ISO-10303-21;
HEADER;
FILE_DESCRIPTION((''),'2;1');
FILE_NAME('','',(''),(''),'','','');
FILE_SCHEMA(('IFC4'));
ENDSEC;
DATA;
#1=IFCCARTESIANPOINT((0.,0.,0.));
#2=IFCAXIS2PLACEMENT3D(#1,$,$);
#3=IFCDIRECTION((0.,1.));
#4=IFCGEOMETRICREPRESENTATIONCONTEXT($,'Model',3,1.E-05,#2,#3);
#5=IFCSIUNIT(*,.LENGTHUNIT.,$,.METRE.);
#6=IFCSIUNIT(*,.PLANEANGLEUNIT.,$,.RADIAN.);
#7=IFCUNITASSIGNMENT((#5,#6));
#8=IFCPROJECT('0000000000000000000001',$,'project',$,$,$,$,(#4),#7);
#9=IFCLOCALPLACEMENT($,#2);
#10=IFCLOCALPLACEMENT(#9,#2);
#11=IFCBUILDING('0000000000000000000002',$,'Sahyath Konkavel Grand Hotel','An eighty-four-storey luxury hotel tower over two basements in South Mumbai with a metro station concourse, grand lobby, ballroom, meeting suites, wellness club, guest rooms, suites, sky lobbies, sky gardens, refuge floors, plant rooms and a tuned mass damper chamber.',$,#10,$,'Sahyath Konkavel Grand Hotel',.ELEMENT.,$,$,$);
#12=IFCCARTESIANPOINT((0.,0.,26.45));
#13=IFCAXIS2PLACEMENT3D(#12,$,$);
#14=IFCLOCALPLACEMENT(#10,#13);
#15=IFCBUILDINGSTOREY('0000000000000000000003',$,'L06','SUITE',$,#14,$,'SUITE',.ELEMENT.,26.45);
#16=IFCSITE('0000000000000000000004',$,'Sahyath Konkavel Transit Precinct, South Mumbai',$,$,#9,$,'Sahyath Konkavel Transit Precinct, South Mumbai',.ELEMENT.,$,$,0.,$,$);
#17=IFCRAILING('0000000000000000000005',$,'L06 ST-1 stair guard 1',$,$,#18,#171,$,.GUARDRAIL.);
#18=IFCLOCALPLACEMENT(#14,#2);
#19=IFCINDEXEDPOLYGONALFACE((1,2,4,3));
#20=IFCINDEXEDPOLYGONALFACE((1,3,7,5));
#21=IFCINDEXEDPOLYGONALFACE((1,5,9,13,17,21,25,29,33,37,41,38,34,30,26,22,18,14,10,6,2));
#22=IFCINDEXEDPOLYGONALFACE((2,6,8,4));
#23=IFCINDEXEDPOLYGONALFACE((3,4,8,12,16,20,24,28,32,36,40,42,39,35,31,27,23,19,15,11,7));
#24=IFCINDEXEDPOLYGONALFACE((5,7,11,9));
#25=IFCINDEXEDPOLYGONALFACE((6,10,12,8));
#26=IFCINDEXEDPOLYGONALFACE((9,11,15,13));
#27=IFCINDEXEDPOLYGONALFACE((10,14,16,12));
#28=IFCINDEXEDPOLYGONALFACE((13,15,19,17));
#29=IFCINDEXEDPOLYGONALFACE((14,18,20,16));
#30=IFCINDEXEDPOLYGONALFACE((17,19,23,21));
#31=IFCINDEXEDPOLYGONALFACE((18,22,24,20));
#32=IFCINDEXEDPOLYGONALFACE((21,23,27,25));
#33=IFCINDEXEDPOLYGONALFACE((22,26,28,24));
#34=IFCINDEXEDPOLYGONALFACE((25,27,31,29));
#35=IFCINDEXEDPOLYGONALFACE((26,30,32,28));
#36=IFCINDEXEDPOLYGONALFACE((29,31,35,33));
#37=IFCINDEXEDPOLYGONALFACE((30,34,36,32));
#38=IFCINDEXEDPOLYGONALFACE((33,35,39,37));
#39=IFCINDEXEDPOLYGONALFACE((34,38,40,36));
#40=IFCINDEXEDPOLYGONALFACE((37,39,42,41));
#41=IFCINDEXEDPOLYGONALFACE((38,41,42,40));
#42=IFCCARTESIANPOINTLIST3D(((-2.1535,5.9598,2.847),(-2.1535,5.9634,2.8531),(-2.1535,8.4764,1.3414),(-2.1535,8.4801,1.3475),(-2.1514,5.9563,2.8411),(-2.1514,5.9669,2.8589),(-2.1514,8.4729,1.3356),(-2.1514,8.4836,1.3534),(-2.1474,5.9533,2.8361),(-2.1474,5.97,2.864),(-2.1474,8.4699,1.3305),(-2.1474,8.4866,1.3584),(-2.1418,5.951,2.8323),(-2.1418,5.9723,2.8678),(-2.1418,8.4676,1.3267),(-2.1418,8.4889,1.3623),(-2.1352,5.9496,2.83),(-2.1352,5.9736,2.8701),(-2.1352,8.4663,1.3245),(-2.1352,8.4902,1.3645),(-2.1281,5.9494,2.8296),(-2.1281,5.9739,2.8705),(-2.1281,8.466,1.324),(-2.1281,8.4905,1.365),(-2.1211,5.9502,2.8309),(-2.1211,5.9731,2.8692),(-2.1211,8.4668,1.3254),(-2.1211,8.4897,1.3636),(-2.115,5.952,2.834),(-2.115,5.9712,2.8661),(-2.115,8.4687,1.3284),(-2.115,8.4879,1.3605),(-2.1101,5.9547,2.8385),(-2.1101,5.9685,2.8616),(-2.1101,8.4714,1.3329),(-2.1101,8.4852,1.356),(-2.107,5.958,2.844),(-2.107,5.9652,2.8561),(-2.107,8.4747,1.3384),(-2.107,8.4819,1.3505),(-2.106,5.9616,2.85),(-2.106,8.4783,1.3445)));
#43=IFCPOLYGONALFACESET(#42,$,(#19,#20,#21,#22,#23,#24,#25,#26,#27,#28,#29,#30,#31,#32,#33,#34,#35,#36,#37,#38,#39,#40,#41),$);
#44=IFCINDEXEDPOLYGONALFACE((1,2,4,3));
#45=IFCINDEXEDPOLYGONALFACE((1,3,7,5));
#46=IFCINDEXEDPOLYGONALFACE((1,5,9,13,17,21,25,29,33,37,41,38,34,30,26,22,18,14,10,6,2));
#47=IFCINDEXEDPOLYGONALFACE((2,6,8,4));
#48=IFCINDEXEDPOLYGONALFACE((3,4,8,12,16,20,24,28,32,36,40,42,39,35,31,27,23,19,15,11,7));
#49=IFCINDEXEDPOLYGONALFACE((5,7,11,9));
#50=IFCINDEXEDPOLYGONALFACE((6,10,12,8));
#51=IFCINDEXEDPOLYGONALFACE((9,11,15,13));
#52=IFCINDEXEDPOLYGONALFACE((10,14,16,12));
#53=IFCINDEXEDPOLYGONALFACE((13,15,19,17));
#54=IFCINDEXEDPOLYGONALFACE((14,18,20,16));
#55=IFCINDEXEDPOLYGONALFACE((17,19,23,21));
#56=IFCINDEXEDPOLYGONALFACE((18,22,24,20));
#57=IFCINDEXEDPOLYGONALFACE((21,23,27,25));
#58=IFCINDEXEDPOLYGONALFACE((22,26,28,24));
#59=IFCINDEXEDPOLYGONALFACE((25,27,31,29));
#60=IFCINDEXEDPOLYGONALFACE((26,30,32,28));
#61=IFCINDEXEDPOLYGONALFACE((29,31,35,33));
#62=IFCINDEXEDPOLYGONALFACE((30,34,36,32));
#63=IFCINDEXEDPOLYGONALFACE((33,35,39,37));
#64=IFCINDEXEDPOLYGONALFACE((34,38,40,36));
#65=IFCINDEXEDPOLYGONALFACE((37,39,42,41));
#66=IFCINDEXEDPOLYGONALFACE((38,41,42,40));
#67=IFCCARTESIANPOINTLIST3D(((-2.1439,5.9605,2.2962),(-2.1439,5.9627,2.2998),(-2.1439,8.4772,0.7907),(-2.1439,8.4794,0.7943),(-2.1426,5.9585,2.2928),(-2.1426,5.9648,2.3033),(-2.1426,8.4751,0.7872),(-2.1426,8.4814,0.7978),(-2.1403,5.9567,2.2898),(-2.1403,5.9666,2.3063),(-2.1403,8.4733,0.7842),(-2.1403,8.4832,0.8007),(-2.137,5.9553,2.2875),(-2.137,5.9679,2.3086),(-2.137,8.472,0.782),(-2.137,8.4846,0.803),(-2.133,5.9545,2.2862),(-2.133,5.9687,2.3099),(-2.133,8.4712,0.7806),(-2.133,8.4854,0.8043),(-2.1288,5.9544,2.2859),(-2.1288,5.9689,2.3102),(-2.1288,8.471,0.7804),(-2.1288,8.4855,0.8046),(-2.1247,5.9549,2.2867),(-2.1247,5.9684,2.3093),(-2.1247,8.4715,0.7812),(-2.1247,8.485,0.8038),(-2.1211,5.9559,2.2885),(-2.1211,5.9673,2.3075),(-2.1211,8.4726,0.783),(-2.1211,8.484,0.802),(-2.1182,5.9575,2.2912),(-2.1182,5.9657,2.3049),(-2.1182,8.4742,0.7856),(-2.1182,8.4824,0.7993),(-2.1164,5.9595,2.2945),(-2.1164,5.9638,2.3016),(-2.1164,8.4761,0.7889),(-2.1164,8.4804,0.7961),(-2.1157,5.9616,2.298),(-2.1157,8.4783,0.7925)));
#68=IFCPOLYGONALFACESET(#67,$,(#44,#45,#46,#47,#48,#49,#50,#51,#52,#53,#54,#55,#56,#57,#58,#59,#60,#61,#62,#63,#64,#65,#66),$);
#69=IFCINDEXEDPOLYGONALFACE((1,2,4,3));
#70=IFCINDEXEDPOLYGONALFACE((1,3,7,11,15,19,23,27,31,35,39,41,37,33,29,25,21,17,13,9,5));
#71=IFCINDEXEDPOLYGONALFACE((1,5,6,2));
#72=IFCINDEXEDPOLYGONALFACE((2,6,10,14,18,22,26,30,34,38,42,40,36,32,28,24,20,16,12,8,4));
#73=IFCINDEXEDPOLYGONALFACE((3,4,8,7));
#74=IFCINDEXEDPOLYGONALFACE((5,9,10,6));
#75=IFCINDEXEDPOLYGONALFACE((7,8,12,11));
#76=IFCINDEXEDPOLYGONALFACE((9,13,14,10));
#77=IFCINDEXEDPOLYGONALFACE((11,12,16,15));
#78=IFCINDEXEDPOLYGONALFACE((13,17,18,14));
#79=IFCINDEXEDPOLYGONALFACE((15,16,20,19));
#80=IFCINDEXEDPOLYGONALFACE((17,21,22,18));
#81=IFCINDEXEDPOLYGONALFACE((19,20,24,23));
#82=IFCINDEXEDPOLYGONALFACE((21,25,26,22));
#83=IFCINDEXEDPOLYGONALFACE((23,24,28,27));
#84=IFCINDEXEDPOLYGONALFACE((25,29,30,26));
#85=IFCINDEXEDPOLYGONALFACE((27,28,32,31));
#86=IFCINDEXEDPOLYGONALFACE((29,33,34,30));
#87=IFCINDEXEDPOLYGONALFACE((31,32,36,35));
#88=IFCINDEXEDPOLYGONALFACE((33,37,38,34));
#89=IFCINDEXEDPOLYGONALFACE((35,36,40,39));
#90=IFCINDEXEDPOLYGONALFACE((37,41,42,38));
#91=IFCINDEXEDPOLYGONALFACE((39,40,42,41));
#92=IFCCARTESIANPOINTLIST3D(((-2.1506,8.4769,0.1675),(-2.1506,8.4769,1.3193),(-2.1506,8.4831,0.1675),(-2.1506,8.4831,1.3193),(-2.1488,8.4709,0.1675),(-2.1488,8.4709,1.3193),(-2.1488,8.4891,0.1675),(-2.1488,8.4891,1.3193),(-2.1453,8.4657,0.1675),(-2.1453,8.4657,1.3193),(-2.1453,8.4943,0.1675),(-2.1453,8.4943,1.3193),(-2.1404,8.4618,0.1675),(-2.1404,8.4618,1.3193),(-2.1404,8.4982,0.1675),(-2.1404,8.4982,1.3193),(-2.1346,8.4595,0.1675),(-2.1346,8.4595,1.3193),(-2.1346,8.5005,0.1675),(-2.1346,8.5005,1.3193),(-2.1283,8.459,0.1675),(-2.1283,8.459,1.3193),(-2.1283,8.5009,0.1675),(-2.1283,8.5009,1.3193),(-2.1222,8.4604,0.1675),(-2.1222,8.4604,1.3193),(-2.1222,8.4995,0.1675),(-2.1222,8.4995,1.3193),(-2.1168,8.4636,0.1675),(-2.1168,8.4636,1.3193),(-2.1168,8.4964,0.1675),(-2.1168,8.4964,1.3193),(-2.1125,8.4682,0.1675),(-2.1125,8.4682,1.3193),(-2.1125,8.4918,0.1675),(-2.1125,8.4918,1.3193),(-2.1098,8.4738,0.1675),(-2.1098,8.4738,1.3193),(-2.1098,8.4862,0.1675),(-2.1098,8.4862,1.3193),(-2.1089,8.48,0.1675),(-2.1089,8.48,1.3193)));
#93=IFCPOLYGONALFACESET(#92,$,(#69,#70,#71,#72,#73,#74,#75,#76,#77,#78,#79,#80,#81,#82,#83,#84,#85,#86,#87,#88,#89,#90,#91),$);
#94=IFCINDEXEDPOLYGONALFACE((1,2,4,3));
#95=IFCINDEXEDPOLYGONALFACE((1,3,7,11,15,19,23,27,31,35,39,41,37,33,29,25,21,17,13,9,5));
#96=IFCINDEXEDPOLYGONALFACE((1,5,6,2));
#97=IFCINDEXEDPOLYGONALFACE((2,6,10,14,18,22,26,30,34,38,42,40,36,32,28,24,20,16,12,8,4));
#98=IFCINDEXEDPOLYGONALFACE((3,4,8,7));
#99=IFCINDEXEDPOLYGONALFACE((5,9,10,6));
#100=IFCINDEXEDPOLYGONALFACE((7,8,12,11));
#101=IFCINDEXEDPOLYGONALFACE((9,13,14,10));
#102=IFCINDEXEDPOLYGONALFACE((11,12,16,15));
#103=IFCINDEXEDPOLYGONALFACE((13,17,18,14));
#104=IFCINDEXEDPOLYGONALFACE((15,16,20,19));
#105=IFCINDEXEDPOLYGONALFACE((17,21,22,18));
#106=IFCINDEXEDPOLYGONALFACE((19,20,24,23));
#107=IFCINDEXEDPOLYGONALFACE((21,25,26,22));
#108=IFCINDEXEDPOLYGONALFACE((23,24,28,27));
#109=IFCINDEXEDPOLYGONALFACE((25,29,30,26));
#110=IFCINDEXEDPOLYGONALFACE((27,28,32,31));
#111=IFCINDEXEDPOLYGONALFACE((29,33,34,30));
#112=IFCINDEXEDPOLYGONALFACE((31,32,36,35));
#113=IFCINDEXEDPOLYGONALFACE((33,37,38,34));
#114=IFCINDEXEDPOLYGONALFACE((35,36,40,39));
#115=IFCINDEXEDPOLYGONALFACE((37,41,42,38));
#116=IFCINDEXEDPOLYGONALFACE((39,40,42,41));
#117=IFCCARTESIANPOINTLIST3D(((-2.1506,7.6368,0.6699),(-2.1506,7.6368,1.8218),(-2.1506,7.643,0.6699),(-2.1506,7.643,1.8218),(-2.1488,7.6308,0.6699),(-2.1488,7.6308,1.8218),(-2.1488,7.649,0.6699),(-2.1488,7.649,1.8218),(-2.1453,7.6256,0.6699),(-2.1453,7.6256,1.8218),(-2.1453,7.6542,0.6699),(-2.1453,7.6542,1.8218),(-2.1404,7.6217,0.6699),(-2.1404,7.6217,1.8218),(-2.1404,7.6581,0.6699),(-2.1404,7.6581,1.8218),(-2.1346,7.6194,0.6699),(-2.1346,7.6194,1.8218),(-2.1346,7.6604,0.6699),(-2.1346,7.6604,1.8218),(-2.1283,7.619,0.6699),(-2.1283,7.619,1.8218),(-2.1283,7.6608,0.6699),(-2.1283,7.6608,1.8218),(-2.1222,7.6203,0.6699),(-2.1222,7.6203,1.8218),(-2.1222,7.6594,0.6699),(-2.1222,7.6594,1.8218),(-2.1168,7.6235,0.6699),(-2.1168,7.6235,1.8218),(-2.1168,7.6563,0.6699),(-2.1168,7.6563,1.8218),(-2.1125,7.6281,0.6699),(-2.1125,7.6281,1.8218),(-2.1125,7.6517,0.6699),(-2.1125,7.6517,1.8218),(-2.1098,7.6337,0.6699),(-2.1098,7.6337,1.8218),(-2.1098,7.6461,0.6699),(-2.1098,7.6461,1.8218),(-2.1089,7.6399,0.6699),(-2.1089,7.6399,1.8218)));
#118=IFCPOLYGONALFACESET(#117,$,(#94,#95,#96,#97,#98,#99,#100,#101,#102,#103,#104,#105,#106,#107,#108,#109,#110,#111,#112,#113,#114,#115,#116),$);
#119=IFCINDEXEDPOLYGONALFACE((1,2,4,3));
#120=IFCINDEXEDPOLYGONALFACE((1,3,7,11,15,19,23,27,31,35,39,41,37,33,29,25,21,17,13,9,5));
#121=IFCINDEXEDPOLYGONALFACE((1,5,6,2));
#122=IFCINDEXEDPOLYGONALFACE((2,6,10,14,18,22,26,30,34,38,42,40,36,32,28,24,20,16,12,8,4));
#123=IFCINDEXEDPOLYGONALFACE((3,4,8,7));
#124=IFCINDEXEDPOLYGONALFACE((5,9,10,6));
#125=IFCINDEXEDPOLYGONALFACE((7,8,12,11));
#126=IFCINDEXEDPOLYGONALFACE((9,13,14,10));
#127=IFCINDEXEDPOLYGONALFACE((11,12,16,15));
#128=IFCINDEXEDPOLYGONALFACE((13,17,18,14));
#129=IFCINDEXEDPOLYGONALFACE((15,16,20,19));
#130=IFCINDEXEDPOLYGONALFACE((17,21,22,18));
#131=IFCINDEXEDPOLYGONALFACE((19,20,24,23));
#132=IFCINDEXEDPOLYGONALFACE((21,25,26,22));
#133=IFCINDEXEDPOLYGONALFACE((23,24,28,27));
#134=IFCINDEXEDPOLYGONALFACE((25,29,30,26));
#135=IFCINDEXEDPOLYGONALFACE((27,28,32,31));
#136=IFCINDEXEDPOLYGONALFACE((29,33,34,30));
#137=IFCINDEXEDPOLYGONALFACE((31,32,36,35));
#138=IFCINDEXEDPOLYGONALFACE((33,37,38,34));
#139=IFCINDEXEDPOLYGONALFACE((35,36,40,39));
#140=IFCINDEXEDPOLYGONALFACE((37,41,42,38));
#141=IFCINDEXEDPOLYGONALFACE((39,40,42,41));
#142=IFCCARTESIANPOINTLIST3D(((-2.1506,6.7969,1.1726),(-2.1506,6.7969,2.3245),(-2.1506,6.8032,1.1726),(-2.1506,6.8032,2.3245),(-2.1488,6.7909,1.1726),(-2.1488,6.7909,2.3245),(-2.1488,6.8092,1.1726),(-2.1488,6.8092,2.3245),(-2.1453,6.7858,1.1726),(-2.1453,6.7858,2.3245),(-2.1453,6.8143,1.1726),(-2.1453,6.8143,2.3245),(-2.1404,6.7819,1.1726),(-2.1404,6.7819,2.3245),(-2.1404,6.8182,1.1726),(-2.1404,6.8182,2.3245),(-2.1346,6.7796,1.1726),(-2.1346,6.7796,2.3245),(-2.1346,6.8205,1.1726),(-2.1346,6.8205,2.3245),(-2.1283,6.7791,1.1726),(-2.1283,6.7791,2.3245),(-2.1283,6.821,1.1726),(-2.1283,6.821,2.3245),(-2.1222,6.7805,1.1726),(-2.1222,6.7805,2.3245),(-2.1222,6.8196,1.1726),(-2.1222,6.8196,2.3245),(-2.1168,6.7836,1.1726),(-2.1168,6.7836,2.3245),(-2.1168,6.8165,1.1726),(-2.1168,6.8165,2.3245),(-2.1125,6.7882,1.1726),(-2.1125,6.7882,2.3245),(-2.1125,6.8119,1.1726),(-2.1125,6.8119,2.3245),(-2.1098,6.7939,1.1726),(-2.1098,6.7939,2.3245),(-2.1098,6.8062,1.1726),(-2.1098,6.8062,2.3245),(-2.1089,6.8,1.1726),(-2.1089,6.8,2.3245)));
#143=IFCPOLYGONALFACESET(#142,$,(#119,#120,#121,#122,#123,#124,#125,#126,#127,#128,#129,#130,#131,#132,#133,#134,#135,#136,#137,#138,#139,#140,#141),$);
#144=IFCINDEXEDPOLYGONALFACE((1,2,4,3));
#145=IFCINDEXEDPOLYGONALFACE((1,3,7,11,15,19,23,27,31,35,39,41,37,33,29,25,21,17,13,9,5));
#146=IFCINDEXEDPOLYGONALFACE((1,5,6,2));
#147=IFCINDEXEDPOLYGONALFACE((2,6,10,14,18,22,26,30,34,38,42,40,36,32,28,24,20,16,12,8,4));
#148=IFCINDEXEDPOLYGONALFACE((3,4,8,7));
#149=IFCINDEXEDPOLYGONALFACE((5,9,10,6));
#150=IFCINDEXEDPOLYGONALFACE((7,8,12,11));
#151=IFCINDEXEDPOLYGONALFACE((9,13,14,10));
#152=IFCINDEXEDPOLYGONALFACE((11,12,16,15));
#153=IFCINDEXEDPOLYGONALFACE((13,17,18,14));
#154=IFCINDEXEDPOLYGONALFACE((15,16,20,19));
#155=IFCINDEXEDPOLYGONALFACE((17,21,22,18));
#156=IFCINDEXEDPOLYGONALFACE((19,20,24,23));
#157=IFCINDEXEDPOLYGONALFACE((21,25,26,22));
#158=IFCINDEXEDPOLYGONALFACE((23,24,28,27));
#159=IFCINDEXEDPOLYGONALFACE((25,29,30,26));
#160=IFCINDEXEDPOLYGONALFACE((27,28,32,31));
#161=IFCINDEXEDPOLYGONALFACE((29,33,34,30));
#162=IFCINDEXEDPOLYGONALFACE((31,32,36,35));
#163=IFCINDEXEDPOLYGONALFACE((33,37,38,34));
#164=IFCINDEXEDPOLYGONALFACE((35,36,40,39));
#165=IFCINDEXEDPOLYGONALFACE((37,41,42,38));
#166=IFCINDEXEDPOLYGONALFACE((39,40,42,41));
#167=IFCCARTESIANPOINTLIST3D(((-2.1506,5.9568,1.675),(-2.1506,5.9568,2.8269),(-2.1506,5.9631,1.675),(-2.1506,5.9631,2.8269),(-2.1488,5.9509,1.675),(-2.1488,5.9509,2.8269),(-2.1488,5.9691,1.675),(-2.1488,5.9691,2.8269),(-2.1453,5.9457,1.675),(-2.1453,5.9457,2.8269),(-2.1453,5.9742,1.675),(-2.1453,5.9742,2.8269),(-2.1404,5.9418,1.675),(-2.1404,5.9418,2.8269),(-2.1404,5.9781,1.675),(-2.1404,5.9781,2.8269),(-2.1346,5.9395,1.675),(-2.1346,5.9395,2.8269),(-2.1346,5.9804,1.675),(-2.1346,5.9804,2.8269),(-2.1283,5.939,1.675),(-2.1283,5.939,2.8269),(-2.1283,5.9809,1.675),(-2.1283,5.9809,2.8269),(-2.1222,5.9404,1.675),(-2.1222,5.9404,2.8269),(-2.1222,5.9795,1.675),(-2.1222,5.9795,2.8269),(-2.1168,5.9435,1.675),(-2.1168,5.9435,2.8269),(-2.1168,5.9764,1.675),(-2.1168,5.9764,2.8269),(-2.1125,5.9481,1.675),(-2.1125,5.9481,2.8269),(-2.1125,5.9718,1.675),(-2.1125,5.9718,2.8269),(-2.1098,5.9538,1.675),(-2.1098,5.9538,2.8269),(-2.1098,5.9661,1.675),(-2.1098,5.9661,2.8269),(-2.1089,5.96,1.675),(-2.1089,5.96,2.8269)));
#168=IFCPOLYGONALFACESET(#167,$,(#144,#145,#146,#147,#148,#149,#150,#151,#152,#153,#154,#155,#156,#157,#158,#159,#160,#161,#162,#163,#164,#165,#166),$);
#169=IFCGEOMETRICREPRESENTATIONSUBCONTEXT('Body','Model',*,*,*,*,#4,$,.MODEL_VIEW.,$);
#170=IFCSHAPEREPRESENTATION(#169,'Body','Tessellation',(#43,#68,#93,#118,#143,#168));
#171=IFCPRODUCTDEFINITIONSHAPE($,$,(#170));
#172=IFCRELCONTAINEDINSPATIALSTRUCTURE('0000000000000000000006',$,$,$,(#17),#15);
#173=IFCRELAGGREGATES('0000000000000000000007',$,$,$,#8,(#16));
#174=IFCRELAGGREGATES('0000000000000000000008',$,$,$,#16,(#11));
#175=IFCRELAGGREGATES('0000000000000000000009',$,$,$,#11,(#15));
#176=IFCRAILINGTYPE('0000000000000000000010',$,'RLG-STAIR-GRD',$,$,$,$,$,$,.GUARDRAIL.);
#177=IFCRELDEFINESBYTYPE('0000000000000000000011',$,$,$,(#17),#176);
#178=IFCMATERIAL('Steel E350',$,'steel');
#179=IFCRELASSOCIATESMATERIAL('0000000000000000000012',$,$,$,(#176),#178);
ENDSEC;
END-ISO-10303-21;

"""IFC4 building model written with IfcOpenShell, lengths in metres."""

from ifc_helpers import new_model, si_unit, direction, frame, origin, origin_2d, place, context, subcontext, project, spatial, circle, extrude, material, type_object, element, save


model = new_model("IFC4")

# Units and contexts
model_context = context("Model", 3, precision=1e-05, world=origin(), true_north=direction((0.0, 1.0)))
body_context = subcontext(model_context, "Body", "Model", "MODEL_VIEW")
ifc_project = project(units=[si_unit("LENGTHUNIT", "METRE"), si_unit("PLANEANGLEUNIT", "RADIAN")], contexts=[model_context])

# Site, building, storey
site_placement = place(None, origin())
site = spatial("IfcSite", under=ifc_project, at=site_placement, Name="Sahyath Konkavel Transit Precinct, South Mumbai", LongName="Sahyath Konkavel Transit Precinct, South Mumbai", CompositionType="ELEMENT", RefElevation=0.0)
building_placement = place(site_placement, origin())
building = spatial("IfcBuilding", under=site, at=building_placement, Name="Sahyath Konkavel Grand Hotel", Description="An eighty-four-storey luxury hotel tower over two basements in South Mumbai with a metro station concourse, grand lobby, ballroom, meeting suites, wellness club, guest rooms, suites, sky lobbies, sky gardens, refuge floors, plant rooms and a tuned mass damper chamber.", LongName="Sahyath Konkavel Grand Hotel", CompositionType="ELEMENT")
storey_placement = place(building_placement, frame((0.0, 0.0, 26.45)))
storey = spatial("IfcBuildingStorey", under=building, at=storey_placement, Name="L06", Description="SUITE", LongName="SUITE", CompositionType="ELEMENT", Elevation=26.45)

# Shared definitions
ifc_material_1 = material(Name="Steel E350", Category="steel")

# Railing
railing_type_1 = type_object("IfcRailingType", Name="RLG-STAIR-GRD", PredefinedType="GUARDRAIL", material=ifc_material_1)
railing_1_placement = place(storey_placement, frame((-2.1299, 8.48, 0.1675)))
element("IfcRailing", 1, at=railing_1_placement, inside=storey, type_object=railing_type_1, Name="L06 ST-1 stair guard 1", PredefinedType="GUARDRAIL", context=body_context, shape_type="SweptSolid", body=[
    extrude(circle(Radius=0.0239, at=origin_2d()), frame((0.0, -0.0017, 1.177), z_axis=(0.0, -0.85816, 0.513383), x_axis=(1.0, 0.0, 0.0)), (0.0, 0.0, 1.0), 2.9326),
    extrude(circle(Radius=0.0142, at=origin_2d()), frame((0.0, -0.0017, 0.625), z_axis=(0.0, -0.85816, 0.513383), x_axis=(1.0, 0.0, 0.0)), (0.0, 0.0, 1.0), 2.9326),
    extrude(circle(Radius=0.021, at=origin_2d()), origin(), (0.0, 0.0, 1.0), 1.1519),
    extrude(circle(Radius=0.021, at=origin_2d()), frame((0.0, -0.8401, 0.5024)), (0.0, 0.0, 1.0), 1.1519),
    extrude(circle(Radius=0.021, at=origin_2d()), frame((0.0, -1.6799, 1.0051)), (0.0, 0.0, 1.0), 1.1519),
    extrude(circle(Radius=0.021, at=origin_2d()), frame((0.0, -2.52, 1.5076)), (0.0, 0.0, 1.0), 1.1519),
])

save(model, "model.ifc")
